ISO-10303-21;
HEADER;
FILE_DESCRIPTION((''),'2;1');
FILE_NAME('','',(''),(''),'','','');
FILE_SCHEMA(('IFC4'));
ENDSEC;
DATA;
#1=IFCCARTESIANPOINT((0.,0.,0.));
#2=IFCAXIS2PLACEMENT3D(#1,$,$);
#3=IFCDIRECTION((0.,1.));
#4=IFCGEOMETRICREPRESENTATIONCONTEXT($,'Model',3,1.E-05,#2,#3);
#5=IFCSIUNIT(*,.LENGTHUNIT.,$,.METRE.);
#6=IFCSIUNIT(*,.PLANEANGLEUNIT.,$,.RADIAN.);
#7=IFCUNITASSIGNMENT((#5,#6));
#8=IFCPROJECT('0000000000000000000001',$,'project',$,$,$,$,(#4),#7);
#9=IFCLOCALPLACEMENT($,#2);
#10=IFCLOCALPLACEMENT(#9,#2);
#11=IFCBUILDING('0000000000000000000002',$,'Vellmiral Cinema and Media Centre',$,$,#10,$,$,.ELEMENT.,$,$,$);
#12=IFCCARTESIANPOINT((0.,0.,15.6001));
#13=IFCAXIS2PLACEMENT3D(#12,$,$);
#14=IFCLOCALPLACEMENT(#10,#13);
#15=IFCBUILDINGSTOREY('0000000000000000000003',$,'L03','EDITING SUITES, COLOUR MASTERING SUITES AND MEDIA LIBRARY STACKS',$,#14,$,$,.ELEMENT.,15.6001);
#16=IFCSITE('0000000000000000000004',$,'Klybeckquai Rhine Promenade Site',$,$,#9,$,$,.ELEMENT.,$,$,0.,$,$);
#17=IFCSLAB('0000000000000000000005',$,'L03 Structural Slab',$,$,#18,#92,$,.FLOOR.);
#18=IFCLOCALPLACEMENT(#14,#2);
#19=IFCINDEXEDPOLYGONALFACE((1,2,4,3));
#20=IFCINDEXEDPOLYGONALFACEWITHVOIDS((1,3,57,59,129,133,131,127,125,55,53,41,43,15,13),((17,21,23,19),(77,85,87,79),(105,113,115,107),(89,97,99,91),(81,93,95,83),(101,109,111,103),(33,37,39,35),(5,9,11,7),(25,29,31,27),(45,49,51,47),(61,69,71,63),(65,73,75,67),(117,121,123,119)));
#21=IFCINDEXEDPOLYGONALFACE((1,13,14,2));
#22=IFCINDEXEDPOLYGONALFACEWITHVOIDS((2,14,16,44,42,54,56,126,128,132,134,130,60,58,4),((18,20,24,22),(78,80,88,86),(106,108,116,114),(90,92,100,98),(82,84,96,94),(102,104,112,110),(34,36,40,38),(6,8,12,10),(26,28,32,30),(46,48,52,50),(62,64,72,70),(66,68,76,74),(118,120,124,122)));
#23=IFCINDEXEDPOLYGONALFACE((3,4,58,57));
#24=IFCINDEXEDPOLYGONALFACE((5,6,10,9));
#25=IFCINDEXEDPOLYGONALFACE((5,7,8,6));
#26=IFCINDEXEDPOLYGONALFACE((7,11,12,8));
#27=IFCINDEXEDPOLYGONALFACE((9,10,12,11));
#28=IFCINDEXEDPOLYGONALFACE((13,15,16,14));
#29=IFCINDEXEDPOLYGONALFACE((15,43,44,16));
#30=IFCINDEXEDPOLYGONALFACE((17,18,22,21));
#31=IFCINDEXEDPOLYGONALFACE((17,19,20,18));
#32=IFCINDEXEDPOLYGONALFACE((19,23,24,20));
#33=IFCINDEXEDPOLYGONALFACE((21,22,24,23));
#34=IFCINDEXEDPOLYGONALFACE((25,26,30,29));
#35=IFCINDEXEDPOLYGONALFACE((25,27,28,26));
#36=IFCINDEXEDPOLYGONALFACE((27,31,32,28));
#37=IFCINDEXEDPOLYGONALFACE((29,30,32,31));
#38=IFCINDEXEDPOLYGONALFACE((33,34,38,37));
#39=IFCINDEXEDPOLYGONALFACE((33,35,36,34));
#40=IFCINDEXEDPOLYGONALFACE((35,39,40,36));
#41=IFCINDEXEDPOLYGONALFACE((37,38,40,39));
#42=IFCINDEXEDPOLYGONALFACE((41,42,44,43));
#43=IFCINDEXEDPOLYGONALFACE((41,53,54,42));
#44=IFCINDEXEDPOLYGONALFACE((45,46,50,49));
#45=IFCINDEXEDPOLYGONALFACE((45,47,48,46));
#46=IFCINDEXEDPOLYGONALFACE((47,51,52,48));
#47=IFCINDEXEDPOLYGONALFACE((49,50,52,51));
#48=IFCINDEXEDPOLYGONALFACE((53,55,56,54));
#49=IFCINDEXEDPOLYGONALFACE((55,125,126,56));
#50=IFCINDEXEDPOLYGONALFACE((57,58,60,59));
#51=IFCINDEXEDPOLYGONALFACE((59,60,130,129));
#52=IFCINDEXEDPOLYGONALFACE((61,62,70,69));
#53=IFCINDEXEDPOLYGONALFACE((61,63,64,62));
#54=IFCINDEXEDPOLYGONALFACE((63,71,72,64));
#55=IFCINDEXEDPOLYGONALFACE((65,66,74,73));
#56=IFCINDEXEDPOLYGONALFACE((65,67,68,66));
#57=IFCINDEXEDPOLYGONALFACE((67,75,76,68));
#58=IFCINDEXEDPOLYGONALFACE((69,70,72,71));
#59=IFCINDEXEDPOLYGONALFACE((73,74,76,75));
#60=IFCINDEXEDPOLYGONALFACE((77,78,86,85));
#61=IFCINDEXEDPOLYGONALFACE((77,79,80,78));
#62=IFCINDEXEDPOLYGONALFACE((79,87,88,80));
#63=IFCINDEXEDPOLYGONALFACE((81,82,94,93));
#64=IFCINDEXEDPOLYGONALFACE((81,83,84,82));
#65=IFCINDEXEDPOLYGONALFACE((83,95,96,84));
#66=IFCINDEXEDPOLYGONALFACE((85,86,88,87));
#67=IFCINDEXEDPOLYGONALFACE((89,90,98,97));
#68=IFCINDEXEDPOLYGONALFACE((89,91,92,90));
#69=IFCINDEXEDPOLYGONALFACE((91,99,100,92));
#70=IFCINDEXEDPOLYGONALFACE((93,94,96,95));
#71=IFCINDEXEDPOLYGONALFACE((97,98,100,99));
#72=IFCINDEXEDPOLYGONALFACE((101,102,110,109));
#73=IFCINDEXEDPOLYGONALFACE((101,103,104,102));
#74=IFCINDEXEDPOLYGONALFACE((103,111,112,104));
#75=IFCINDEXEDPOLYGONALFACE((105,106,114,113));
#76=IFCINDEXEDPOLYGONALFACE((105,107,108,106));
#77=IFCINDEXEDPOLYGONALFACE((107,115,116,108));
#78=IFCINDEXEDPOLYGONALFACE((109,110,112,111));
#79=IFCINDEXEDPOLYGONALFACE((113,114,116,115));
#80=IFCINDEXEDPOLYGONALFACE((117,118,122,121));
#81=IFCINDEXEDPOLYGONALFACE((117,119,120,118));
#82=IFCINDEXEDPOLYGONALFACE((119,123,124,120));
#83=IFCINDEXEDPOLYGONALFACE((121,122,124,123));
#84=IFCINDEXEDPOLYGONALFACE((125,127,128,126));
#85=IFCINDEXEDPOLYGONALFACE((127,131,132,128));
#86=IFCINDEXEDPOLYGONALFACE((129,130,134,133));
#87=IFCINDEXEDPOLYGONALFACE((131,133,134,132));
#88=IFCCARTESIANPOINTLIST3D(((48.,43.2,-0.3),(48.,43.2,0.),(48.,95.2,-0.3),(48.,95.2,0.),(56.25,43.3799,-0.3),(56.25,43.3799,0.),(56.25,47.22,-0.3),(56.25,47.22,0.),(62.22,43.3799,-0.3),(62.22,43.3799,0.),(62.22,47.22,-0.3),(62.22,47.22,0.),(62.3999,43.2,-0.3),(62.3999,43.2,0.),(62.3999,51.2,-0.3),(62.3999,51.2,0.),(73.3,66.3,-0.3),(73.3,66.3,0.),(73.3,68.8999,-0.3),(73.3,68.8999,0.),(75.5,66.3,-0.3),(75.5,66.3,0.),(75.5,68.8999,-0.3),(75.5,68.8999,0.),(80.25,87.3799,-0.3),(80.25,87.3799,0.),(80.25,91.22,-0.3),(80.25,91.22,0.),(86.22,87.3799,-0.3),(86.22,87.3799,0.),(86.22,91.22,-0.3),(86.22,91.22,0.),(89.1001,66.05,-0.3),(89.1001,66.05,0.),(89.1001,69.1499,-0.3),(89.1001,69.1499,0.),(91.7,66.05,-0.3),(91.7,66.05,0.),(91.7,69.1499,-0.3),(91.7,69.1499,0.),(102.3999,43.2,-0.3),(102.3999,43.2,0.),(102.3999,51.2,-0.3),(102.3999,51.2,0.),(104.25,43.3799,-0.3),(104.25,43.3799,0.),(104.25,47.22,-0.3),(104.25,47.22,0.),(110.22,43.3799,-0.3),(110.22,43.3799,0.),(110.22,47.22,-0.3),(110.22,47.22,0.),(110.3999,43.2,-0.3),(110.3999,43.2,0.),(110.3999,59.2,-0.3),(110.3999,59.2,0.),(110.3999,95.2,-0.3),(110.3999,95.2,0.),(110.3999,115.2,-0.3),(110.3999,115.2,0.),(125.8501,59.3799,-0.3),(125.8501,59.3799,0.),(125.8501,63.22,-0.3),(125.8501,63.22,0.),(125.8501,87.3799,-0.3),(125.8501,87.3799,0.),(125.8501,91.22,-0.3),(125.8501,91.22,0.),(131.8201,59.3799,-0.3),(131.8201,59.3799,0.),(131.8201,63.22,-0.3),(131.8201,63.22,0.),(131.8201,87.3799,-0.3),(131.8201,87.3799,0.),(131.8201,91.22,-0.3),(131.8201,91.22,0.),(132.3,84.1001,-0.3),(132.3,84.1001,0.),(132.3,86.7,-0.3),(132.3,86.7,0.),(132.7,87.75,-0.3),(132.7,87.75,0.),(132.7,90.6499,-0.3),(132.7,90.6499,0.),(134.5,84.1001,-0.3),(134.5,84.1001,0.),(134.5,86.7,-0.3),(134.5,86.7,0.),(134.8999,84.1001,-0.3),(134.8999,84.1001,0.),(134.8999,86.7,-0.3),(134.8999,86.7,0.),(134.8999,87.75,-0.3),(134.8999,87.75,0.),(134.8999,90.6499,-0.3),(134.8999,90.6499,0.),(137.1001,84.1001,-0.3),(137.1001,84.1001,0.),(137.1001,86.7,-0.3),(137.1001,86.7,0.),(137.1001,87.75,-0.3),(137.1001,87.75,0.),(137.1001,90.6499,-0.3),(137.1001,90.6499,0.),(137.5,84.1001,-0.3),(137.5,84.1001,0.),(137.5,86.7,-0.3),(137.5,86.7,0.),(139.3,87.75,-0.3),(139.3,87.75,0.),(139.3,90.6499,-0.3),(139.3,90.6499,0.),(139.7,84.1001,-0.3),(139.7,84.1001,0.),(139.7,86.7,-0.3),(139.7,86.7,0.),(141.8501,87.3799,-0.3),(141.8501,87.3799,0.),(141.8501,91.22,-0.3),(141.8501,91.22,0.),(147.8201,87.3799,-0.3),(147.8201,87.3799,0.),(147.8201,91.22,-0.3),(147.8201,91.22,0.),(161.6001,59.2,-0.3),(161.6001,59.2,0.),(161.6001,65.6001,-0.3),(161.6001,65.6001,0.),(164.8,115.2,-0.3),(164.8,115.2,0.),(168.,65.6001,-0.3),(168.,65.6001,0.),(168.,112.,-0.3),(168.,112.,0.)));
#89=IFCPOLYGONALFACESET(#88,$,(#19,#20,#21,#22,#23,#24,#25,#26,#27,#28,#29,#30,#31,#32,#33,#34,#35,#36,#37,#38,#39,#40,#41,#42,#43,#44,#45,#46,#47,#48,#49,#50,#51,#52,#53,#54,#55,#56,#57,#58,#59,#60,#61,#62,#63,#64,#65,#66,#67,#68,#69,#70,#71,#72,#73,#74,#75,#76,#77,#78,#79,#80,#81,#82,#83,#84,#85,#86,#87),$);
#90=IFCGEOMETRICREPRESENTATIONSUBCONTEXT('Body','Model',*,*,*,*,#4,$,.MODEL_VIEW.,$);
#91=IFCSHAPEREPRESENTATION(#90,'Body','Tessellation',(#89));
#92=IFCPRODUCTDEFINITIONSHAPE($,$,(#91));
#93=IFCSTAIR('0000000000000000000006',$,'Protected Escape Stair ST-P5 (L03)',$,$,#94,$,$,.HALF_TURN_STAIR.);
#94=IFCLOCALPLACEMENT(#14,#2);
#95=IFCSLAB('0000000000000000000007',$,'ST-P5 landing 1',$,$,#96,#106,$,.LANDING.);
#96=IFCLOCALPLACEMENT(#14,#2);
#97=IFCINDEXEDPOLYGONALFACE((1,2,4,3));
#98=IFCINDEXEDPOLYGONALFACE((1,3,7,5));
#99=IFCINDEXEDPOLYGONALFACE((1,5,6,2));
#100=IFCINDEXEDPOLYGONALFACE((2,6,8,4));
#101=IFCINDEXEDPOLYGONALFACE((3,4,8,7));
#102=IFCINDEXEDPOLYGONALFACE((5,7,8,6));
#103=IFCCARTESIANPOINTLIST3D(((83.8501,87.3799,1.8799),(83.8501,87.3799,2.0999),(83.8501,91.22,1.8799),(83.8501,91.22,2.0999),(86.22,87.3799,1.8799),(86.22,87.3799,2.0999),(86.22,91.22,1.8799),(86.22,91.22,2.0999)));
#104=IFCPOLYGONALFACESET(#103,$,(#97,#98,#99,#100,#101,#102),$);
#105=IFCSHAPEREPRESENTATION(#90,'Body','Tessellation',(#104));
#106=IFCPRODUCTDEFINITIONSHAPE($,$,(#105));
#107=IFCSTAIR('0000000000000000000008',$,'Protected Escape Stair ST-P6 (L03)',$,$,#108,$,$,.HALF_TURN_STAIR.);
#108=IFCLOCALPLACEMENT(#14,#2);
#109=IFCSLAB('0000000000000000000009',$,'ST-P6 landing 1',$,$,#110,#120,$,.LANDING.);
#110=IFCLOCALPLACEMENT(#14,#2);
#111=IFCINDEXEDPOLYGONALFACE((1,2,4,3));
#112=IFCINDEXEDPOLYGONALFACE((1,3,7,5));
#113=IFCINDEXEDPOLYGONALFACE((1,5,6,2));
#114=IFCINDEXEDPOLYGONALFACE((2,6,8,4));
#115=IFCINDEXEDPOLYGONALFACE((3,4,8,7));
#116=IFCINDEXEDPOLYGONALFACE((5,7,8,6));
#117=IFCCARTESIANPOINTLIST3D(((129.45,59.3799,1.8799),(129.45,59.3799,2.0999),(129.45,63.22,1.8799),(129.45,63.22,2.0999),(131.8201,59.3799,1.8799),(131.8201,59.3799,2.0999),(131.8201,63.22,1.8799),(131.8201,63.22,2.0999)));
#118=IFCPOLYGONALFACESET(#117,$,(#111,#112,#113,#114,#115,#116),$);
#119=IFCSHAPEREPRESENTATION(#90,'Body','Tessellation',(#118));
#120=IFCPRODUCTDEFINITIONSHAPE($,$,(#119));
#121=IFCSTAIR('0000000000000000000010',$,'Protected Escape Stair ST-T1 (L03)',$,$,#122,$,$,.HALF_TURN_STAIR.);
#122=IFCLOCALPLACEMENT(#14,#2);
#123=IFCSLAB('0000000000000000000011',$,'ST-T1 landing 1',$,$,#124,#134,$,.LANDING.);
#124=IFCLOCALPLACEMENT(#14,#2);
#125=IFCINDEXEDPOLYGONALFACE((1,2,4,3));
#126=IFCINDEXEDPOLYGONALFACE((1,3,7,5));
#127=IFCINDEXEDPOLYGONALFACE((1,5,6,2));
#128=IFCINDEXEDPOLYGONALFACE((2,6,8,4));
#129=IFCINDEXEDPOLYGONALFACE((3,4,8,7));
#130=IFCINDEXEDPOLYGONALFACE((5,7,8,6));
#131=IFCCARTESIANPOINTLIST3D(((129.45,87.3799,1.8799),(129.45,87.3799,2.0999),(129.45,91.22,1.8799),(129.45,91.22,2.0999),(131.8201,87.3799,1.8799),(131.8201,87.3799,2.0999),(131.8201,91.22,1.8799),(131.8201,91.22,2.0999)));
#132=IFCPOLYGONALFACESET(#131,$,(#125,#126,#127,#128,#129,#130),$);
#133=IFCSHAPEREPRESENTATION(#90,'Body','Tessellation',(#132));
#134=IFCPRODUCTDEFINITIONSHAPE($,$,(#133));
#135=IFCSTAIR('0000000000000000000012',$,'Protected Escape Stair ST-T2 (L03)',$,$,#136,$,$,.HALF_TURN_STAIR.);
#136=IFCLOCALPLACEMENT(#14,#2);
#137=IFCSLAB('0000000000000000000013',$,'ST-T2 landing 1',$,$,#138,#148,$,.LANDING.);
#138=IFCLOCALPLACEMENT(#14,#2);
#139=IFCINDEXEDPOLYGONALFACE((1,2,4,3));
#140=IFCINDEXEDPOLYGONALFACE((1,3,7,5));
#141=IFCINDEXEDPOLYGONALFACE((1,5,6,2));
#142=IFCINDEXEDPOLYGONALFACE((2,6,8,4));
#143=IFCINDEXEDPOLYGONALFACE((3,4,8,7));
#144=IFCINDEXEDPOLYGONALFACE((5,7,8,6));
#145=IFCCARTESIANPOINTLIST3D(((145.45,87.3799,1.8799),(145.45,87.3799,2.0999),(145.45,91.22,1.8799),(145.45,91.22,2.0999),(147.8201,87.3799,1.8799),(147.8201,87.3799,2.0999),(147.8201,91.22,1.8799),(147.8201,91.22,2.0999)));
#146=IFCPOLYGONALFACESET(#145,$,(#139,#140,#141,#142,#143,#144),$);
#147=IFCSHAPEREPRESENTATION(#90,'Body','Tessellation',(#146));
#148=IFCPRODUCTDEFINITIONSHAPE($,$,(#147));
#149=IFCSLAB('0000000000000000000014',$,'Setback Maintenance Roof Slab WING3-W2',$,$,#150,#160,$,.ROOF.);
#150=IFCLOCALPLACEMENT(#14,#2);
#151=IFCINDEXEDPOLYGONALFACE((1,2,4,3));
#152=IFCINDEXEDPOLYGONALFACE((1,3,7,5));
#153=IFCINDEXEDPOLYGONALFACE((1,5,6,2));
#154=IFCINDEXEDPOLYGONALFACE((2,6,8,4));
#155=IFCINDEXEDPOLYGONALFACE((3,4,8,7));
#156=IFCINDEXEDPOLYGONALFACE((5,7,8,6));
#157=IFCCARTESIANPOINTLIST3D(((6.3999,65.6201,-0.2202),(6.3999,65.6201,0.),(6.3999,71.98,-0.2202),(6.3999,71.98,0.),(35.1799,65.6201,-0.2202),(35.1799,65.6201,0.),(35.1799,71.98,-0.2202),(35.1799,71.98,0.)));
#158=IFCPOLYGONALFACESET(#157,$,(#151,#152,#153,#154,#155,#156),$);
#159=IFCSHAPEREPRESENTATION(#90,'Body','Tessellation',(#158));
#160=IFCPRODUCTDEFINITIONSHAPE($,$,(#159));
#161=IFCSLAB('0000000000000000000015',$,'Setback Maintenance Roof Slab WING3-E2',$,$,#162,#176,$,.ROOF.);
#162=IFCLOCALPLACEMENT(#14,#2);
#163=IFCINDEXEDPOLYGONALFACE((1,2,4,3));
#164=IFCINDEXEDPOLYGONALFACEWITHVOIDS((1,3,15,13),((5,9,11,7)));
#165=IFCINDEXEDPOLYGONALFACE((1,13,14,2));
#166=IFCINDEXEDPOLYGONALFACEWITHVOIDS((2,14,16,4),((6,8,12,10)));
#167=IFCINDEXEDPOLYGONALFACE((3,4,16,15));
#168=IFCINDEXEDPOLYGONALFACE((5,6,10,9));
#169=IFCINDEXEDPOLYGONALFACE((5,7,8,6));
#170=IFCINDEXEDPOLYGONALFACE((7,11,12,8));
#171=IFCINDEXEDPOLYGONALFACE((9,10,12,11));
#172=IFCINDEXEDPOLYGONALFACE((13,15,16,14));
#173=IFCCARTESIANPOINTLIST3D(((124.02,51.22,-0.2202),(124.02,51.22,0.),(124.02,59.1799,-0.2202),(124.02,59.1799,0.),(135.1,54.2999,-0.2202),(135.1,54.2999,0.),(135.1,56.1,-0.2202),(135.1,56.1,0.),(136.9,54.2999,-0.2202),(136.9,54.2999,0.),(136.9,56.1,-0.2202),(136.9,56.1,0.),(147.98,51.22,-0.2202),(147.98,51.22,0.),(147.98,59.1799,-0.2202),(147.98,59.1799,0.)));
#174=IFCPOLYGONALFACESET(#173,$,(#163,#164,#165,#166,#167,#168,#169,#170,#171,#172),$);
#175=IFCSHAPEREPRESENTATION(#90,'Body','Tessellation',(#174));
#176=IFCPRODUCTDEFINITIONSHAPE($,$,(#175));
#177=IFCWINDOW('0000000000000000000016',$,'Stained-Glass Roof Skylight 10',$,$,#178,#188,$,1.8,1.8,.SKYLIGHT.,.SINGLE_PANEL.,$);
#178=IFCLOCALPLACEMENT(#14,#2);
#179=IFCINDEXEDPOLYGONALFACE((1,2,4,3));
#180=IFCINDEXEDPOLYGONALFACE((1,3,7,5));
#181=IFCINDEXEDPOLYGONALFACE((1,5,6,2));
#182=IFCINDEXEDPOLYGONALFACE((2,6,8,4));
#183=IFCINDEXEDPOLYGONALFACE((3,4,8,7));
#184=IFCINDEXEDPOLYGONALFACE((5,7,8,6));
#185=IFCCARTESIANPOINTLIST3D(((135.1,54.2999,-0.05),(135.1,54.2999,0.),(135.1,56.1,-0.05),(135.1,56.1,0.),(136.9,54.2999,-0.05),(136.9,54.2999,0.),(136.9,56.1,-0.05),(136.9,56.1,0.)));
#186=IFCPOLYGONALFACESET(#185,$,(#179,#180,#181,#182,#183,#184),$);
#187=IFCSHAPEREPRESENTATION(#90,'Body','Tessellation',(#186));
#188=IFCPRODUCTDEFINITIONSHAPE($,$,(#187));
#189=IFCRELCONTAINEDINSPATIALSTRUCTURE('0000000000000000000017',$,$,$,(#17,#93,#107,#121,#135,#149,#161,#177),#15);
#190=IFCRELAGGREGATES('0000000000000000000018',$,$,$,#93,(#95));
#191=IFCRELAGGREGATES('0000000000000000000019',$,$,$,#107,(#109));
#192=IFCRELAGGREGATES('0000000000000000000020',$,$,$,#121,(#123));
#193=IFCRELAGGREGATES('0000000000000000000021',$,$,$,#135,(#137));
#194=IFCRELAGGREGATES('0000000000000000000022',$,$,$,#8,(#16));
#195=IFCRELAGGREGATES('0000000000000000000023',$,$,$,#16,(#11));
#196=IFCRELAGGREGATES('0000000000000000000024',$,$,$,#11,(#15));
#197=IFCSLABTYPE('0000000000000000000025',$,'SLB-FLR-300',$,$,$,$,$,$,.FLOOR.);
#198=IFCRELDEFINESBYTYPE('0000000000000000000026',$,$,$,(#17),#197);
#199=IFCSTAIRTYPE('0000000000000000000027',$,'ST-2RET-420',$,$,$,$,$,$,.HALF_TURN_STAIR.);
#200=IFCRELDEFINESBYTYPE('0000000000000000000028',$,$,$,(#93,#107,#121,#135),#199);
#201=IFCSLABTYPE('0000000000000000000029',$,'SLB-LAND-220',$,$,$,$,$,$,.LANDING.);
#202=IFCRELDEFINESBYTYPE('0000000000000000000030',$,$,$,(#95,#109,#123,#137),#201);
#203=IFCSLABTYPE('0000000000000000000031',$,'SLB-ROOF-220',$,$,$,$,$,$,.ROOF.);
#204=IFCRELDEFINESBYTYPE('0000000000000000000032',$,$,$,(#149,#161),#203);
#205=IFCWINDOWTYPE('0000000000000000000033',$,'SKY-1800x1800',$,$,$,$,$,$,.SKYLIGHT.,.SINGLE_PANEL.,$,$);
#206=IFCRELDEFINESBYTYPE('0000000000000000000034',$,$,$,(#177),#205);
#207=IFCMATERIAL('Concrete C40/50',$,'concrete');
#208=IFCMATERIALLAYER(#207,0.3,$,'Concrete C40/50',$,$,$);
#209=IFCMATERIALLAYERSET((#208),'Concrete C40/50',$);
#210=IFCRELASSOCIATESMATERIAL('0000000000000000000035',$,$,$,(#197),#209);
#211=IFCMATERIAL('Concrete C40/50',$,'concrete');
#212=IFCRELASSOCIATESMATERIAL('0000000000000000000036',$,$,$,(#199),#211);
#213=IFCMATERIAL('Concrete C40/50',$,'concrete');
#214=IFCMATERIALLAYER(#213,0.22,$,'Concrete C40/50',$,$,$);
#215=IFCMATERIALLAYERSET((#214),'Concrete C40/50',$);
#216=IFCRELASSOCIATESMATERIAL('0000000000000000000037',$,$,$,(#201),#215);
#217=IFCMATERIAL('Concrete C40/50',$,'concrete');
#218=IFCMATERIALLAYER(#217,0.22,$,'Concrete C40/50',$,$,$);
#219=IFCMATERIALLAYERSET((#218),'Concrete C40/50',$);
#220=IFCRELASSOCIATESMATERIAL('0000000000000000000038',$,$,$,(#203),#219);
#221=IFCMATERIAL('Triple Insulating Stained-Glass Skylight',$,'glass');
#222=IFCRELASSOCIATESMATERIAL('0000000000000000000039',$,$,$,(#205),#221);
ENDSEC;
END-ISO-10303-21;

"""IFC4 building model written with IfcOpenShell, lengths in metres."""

from ifc_helpers import new_model, si_unit, direction, frame, origin, origin_2d, place, context, subcontext, project, spatial, polyline, rectangle, outline, extrude, material, layer, layer_set, type_object, element, fill, aggregate, save


model = new_model("IFC4")

# Units and contexts
model_context = context("Model", 3, precision=1e-05, world=origin(), true_north=direction((0.0, 1.0)))
body_context = subcontext(model_context, "Body", "Model", "MODEL_VIEW")
ifc_project = project(units=[si_unit("LENGTHUNIT", "METRE"), si_unit("PLANEANGLEUNIT", "RADIAN")], contexts=[model_context])

# Site, building, storey
site_placement = place(None, origin())
site = spatial("IfcSite", under=ifc_project, at=site_placement, Name="Klybeckquai Rhine Promenade Site", CompositionType="ELEMENT", RefElevation=0.0)
building_placement = place(site_placement, origin())
building = spatial("IfcBuilding", under=site, at=building_placement, Name="Vellmiral Cinema and Media Centre", CompositionType="ELEMENT")
storey_placement = place(building_placement, frame((0.0, 0.0, 15.6001)))
storey = spatial("IfcBuildingStorey", under=building, at=storey_placement, Name="L03", Description="EDITING SUITES, COLOUR MASTERING SUITES AND MEDIA LIBRARY STACKS", CompositionType="ELEMENT", Elevation=15.6001)

# Slab
ifc_material_1 = material(Name="Concrete C40/50", Category="concrete")
ifc_layer_1 = layer(ifc_material_1, 0.3, Name="Concrete C40/50")
ifc_layer_set_1 = layer_set([ifc_layer_1], Name="Concrete C40/50")
slab_type_1 = type_object("IfcSlabType", Name="SLB-FLR-300", PredefinedType="FLOOR", material=ifc_layer_set_1)
slab_1_placement = place(storey_placement, frame((0.0, 0.0, -0.3)))
element("IfcSlab", 1, at=slab_1_placement, inside=storey, type_object=slab_type_1, Name="L03 Structural Slab", PredefinedType="FLOOR", context=body_context, shape_type="SweptSolid", body=[
    extrude(outline(polyline([(48.0, 43.2), (62.3999, 43.2), (62.3999, 51.2), (102.3999, 51.2), (102.3999, 43.2), (110.3999, 43.2), (110.3999, 59.2), (161.6001, 59.2), (161.6001, 65.6001), (168.0, 65.6001), (168.0, 112.0), (164.8, 115.2), (110.3999, 115.2), (110.3999, 95.2), (48.0, 95.2), (48.0, 43.2)]), holes=[polyline([(56.25, 43.3799), (62.22, 43.3799), (62.22, 47.22), (56.25, 47.22), (56.25, 43.3799)]), polyline([(104.25, 43.3799), (110.22, 43.3799), (110.22, 47.22), (104.25, 47.22), (104.25, 43.3799)]), polyline([(80.25, 87.3799), (86.22, 87.3799), (86.22, 91.22), (80.25, 91.22), (80.25, 87.3799)]), polyline([(125.8501, 59.3799), (131.8201, 59.3799), (131.8201, 63.22), (125.8501, 63.22), (125.8501, 59.3799)]), polyline([(125.8501, 87.3799), (131.8201, 87.3799), (131.8201, 91.22), (125.8501, 91.22), (125.8501, 87.3799)]), polyline([(141.8501, 87.3799), (147.8201, 87.3799), (147.8201, 91.22), (141.8501, 91.22), (141.8501, 87.3799)]), polyline([(132.7, 87.75), (134.8999, 87.75), (134.8999, 90.6499), (132.7, 90.6499), (132.7, 87.75)]), polyline([(137.1001, 87.75), (139.3, 87.75), (139.3, 90.6499), (137.1001, 90.6499), (137.1001, 87.75)]), polyline([(132.3, 84.1001), (134.5, 84.1001), (134.5, 86.7), (132.3, 86.7), (132.3, 84.1001)]), polyline([(134.8999, 84.1001), (137.1001, 84.1001), (137.1001, 86.7), (134.8999, 86.7), (134.8999, 84.1001)]), polyline([(137.5, 84.1001), (139.7, 84.1001), (139.7, 86.7), (137.5, 86.7), (137.5, 84.1001)]), polyline([(73.3, 66.3), (75.5, 66.3), (75.5, 68.8999), (73.3, 68.8999), (73.3, 66.3)]), polyline([(89.1001, 66.05), (91.7, 66.05), (91.7, 69.1499), (89.1001, 69.1499), (89.1001, 66.05)])]), origin(), (0.0, 0.0, 1.0), 0.3),
])

# Stairs, slabs
ifc_material_2 = material(Name="Concrete C40/50", Category="concrete")
stair_type = type_object("IfcStairType", Name="ST-2RET-420", PredefinedType="HALF_TURN_STAIR", material=ifc_material_2)
stair_1_placement = place(storey_placement, origin())
stair_1 = element("IfcStair", 2, at=stair_1_placement, inside=storey, type_object=stair_type, Name="Protected Escape Stair ST-P5 (L03)", PredefinedType="HALF_TURN_STAIR")
ifc_material_3 = material(Name="Concrete C40/50", Category="concrete")
ifc_layer_2 = layer(ifc_material_3, 0.22, Name="Concrete C40/50")
ifc_layer_set_2 = layer_set([ifc_layer_2], Name="Concrete C40/50")
slab_type_2 = type_object("IfcSlabType", Name="SLB-LAND-220", PredefinedType="LANDING", material=ifc_layer_set_2)
slab_2_placement = place(storey_placement, frame((0.0, 0.0, 1.8799)))
slab_2 = element("IfcSlab", 3, at=slab_2_placement, type_object=slab_type_2, Name="ST-P5 landing 1", PredefinedType="LANDING", context=body_context, shape_type="SweptSolid", body=[
    extrude(outline(polyline([(83.8501, 87.3799), (86.22, 87.3799), (86.22, 91.22), (83.8501, 91.22), (83.8501, 87.3799)])), origin(), (0.0, 0.0, 1.0), 0.22),
])
aggregate(stair_1, [slab_2])
stair_2_placement = place(storey_placement, origin())
stair_2 = element("IfcStair", 4, at=stair_2_placement, inside=storey, type_object=stair_type, Name="Protected Escape Stair ST-P6 (L03)", PredefinedType="HALF_TURN_STAIR")
slab_3_placement = place(storey_placement, frame((0.0, 0.0, 1.8799)))
slab_3 = element("IfcSlab", 5, at=slab_3_placement, type_object=slab_type_2, Name="ST-P6 landing 1", PredefinedType="LANDING", context=body_context, shape_type="SweptSolid", body=[
    extrude(outline(polyline([(129.45, 59.3799), (131.8201, 59.3799), (131.8201, 63.22), (129.45, 63.22), (129.45, 59.3799)])), origin(), (0.0, 0.0, 1.0), 0.22),
])
aggregate(stair_2, [slab_3])
stair_3_placement = place(storey_placement, origin())
stair_3 = element("IfcStair", 6, at=stair_3_placement, inside=storey, type_object=stair_type, Name="Protected Escape Stair ST-T1 (L03)", PredefinedType="HALF_TURN_STAIR")
slab_4_placement = place(storey_placement, frame((0.0, 0.0, 1.8799)))
slab_4 = element("IfcSlab", 7, at=slab_4_placement, type_object=slab_type_2, Name="ST-T1 landing 1", PredefinedType="LANDING", context=body_context, shape_type="SweptSolid", body=[
    extrude(outline(polyline([(129.45, 87.3799), (131.8201, 87.3799), (131.8201, 91.22), (129.45, 91.22), (129.45, 87.3799)])), origin(), (0.0, 0.0, 1.0), 0.22),
])
aggregate(stair_3, [slab_4])
stair_4_placement = place(storey_placement, origin())
stair_4 = element("IfcStair", 8, at=stair_4_placement, inside=storey, type_object=stair_type, Name="Protected Escape Stair ST-T2 (L03)", PredefinedType="HALF_TURN_STAIR")
slab_5_placement = place(storey_placement, frame((0.0, 0.0, 1.8799)))
slab_5 = element("IfcSlab", 9, at=slab_5_placement, type_object=slab_type_2, Name="ST-T2 landing 1", PredefinedType="LANDING", context=body_context, shape_type="SweptSolid", body=[
    extrude(outline(polyline([(145.45, 87.3799), (147.8201, 87.3799), (147.8201, 91.22), (145.45, 91.22), (145.45, 87.3799)])), origin(), (0.0, 0.0, 1.0), 0.22),
])
aggregate(stair_4, [slab_5])

# Slab
ifc_material_4 = material(Name="Concrete C40/50", Category="concrete")
ifc_layer_3 = layer(ifc_material_4, 0.22, Name="Concrete C40/50")
ifc_layer_set_3 = layer_set([ifc_layer_3], Name="Concrete C40/50")
slab_type_3 = type_object("IfcSlabType", Name="SLB-ROOF-220", PredefinedType="ROOF", material=ifc_layer_set_3)
slab_6_placement = place(storey_placement, frame((0.0, 0.0, -0.2202)))
element("IfcSlab", 10, at=slab_6_placement, inside=storey, type_object=slab_type_3, Name="Setback Maintenance Roof Slab WING3-W2", PredefinedType="ROOF", context=body_context, shape_type="SweptSolid", body=[
    extrude(outline(polyline([(6.3999, 65.6201), (35.1799, 65.6201), (35.1799, 71.98), (6.3999, 71.98), (6.3999, 65.6201)])), origin(), (0.0, 0.0, 1.0), 0.2202),
])

# Slab, opening, window
slab_7_placement = place(storey_placement, frame((0.0, 0.0, -0.2202)))
slab_7 = element("IfcSlab", 11, at=slab_7_placement, inside=storey, type_object=slab_type_3, Name="Setback Maintenance Roof Slab WING3-E2", PredefinedType="ROOF", context=body_context, shape_type="SweptSolid", body=[
    extrude(outline(polyline([(124.02, 51.22), (147.98, 51.22), (147.98, 59.1799), (124.02, 59.1799), (124.02, 51.22)])), origin(), (0.0, 0.0, 1.0), 0.2202),
])
opening_1_placement = place(slab_7_placement, frame((136.0, 55.2, -0.012)))
opening_1 = element("IfcOpeningElement", 12, at=opening_1_placement, cuts=slab_7, PredefinedType="OPENING", context=body_context, shape_type="SweptSolid", body=[
    extrude(rectangle(XDim=1.8, YDim=1.8, at=origin_2d()), origin(), (0.0, 0.0, 1.0), 0.2441),
])
ifc_material_5 = material(Name="Triple Insulating Stained-Glass Skylight", Category="glass")
window_type_1 = type_object("IfcWindowType", Name="SKY-1800x1800", PartitioningType="SINGLE_PANEL", PredefinedType="SKYLIGHT", material=ifc_material_5)
window_1_placement = place(opening_1_placement, frame((0.0, 0.0, 0.1821)))
window_1 = element("IfcWindow", 13, at=window_1_placement, inside=storey, type_object=window_type_1, Name="Stained-Glass Roof Skylight 10", OverallHeight=1.8, OverallWidth=1.8, PartitioningType="SINGLE_PANEL", PredefinedType="SKYLIGHT", context=body_context, shape_type="SweptSolid", body=[
    extrude(rectangle(XDim=1.8, YDim=1.8, at=origin_2d()), origin(), (0.0, 0.0, 1.0), 0.05),
])
fill(opening_1, window_1)

save(model, "model.ifc")
